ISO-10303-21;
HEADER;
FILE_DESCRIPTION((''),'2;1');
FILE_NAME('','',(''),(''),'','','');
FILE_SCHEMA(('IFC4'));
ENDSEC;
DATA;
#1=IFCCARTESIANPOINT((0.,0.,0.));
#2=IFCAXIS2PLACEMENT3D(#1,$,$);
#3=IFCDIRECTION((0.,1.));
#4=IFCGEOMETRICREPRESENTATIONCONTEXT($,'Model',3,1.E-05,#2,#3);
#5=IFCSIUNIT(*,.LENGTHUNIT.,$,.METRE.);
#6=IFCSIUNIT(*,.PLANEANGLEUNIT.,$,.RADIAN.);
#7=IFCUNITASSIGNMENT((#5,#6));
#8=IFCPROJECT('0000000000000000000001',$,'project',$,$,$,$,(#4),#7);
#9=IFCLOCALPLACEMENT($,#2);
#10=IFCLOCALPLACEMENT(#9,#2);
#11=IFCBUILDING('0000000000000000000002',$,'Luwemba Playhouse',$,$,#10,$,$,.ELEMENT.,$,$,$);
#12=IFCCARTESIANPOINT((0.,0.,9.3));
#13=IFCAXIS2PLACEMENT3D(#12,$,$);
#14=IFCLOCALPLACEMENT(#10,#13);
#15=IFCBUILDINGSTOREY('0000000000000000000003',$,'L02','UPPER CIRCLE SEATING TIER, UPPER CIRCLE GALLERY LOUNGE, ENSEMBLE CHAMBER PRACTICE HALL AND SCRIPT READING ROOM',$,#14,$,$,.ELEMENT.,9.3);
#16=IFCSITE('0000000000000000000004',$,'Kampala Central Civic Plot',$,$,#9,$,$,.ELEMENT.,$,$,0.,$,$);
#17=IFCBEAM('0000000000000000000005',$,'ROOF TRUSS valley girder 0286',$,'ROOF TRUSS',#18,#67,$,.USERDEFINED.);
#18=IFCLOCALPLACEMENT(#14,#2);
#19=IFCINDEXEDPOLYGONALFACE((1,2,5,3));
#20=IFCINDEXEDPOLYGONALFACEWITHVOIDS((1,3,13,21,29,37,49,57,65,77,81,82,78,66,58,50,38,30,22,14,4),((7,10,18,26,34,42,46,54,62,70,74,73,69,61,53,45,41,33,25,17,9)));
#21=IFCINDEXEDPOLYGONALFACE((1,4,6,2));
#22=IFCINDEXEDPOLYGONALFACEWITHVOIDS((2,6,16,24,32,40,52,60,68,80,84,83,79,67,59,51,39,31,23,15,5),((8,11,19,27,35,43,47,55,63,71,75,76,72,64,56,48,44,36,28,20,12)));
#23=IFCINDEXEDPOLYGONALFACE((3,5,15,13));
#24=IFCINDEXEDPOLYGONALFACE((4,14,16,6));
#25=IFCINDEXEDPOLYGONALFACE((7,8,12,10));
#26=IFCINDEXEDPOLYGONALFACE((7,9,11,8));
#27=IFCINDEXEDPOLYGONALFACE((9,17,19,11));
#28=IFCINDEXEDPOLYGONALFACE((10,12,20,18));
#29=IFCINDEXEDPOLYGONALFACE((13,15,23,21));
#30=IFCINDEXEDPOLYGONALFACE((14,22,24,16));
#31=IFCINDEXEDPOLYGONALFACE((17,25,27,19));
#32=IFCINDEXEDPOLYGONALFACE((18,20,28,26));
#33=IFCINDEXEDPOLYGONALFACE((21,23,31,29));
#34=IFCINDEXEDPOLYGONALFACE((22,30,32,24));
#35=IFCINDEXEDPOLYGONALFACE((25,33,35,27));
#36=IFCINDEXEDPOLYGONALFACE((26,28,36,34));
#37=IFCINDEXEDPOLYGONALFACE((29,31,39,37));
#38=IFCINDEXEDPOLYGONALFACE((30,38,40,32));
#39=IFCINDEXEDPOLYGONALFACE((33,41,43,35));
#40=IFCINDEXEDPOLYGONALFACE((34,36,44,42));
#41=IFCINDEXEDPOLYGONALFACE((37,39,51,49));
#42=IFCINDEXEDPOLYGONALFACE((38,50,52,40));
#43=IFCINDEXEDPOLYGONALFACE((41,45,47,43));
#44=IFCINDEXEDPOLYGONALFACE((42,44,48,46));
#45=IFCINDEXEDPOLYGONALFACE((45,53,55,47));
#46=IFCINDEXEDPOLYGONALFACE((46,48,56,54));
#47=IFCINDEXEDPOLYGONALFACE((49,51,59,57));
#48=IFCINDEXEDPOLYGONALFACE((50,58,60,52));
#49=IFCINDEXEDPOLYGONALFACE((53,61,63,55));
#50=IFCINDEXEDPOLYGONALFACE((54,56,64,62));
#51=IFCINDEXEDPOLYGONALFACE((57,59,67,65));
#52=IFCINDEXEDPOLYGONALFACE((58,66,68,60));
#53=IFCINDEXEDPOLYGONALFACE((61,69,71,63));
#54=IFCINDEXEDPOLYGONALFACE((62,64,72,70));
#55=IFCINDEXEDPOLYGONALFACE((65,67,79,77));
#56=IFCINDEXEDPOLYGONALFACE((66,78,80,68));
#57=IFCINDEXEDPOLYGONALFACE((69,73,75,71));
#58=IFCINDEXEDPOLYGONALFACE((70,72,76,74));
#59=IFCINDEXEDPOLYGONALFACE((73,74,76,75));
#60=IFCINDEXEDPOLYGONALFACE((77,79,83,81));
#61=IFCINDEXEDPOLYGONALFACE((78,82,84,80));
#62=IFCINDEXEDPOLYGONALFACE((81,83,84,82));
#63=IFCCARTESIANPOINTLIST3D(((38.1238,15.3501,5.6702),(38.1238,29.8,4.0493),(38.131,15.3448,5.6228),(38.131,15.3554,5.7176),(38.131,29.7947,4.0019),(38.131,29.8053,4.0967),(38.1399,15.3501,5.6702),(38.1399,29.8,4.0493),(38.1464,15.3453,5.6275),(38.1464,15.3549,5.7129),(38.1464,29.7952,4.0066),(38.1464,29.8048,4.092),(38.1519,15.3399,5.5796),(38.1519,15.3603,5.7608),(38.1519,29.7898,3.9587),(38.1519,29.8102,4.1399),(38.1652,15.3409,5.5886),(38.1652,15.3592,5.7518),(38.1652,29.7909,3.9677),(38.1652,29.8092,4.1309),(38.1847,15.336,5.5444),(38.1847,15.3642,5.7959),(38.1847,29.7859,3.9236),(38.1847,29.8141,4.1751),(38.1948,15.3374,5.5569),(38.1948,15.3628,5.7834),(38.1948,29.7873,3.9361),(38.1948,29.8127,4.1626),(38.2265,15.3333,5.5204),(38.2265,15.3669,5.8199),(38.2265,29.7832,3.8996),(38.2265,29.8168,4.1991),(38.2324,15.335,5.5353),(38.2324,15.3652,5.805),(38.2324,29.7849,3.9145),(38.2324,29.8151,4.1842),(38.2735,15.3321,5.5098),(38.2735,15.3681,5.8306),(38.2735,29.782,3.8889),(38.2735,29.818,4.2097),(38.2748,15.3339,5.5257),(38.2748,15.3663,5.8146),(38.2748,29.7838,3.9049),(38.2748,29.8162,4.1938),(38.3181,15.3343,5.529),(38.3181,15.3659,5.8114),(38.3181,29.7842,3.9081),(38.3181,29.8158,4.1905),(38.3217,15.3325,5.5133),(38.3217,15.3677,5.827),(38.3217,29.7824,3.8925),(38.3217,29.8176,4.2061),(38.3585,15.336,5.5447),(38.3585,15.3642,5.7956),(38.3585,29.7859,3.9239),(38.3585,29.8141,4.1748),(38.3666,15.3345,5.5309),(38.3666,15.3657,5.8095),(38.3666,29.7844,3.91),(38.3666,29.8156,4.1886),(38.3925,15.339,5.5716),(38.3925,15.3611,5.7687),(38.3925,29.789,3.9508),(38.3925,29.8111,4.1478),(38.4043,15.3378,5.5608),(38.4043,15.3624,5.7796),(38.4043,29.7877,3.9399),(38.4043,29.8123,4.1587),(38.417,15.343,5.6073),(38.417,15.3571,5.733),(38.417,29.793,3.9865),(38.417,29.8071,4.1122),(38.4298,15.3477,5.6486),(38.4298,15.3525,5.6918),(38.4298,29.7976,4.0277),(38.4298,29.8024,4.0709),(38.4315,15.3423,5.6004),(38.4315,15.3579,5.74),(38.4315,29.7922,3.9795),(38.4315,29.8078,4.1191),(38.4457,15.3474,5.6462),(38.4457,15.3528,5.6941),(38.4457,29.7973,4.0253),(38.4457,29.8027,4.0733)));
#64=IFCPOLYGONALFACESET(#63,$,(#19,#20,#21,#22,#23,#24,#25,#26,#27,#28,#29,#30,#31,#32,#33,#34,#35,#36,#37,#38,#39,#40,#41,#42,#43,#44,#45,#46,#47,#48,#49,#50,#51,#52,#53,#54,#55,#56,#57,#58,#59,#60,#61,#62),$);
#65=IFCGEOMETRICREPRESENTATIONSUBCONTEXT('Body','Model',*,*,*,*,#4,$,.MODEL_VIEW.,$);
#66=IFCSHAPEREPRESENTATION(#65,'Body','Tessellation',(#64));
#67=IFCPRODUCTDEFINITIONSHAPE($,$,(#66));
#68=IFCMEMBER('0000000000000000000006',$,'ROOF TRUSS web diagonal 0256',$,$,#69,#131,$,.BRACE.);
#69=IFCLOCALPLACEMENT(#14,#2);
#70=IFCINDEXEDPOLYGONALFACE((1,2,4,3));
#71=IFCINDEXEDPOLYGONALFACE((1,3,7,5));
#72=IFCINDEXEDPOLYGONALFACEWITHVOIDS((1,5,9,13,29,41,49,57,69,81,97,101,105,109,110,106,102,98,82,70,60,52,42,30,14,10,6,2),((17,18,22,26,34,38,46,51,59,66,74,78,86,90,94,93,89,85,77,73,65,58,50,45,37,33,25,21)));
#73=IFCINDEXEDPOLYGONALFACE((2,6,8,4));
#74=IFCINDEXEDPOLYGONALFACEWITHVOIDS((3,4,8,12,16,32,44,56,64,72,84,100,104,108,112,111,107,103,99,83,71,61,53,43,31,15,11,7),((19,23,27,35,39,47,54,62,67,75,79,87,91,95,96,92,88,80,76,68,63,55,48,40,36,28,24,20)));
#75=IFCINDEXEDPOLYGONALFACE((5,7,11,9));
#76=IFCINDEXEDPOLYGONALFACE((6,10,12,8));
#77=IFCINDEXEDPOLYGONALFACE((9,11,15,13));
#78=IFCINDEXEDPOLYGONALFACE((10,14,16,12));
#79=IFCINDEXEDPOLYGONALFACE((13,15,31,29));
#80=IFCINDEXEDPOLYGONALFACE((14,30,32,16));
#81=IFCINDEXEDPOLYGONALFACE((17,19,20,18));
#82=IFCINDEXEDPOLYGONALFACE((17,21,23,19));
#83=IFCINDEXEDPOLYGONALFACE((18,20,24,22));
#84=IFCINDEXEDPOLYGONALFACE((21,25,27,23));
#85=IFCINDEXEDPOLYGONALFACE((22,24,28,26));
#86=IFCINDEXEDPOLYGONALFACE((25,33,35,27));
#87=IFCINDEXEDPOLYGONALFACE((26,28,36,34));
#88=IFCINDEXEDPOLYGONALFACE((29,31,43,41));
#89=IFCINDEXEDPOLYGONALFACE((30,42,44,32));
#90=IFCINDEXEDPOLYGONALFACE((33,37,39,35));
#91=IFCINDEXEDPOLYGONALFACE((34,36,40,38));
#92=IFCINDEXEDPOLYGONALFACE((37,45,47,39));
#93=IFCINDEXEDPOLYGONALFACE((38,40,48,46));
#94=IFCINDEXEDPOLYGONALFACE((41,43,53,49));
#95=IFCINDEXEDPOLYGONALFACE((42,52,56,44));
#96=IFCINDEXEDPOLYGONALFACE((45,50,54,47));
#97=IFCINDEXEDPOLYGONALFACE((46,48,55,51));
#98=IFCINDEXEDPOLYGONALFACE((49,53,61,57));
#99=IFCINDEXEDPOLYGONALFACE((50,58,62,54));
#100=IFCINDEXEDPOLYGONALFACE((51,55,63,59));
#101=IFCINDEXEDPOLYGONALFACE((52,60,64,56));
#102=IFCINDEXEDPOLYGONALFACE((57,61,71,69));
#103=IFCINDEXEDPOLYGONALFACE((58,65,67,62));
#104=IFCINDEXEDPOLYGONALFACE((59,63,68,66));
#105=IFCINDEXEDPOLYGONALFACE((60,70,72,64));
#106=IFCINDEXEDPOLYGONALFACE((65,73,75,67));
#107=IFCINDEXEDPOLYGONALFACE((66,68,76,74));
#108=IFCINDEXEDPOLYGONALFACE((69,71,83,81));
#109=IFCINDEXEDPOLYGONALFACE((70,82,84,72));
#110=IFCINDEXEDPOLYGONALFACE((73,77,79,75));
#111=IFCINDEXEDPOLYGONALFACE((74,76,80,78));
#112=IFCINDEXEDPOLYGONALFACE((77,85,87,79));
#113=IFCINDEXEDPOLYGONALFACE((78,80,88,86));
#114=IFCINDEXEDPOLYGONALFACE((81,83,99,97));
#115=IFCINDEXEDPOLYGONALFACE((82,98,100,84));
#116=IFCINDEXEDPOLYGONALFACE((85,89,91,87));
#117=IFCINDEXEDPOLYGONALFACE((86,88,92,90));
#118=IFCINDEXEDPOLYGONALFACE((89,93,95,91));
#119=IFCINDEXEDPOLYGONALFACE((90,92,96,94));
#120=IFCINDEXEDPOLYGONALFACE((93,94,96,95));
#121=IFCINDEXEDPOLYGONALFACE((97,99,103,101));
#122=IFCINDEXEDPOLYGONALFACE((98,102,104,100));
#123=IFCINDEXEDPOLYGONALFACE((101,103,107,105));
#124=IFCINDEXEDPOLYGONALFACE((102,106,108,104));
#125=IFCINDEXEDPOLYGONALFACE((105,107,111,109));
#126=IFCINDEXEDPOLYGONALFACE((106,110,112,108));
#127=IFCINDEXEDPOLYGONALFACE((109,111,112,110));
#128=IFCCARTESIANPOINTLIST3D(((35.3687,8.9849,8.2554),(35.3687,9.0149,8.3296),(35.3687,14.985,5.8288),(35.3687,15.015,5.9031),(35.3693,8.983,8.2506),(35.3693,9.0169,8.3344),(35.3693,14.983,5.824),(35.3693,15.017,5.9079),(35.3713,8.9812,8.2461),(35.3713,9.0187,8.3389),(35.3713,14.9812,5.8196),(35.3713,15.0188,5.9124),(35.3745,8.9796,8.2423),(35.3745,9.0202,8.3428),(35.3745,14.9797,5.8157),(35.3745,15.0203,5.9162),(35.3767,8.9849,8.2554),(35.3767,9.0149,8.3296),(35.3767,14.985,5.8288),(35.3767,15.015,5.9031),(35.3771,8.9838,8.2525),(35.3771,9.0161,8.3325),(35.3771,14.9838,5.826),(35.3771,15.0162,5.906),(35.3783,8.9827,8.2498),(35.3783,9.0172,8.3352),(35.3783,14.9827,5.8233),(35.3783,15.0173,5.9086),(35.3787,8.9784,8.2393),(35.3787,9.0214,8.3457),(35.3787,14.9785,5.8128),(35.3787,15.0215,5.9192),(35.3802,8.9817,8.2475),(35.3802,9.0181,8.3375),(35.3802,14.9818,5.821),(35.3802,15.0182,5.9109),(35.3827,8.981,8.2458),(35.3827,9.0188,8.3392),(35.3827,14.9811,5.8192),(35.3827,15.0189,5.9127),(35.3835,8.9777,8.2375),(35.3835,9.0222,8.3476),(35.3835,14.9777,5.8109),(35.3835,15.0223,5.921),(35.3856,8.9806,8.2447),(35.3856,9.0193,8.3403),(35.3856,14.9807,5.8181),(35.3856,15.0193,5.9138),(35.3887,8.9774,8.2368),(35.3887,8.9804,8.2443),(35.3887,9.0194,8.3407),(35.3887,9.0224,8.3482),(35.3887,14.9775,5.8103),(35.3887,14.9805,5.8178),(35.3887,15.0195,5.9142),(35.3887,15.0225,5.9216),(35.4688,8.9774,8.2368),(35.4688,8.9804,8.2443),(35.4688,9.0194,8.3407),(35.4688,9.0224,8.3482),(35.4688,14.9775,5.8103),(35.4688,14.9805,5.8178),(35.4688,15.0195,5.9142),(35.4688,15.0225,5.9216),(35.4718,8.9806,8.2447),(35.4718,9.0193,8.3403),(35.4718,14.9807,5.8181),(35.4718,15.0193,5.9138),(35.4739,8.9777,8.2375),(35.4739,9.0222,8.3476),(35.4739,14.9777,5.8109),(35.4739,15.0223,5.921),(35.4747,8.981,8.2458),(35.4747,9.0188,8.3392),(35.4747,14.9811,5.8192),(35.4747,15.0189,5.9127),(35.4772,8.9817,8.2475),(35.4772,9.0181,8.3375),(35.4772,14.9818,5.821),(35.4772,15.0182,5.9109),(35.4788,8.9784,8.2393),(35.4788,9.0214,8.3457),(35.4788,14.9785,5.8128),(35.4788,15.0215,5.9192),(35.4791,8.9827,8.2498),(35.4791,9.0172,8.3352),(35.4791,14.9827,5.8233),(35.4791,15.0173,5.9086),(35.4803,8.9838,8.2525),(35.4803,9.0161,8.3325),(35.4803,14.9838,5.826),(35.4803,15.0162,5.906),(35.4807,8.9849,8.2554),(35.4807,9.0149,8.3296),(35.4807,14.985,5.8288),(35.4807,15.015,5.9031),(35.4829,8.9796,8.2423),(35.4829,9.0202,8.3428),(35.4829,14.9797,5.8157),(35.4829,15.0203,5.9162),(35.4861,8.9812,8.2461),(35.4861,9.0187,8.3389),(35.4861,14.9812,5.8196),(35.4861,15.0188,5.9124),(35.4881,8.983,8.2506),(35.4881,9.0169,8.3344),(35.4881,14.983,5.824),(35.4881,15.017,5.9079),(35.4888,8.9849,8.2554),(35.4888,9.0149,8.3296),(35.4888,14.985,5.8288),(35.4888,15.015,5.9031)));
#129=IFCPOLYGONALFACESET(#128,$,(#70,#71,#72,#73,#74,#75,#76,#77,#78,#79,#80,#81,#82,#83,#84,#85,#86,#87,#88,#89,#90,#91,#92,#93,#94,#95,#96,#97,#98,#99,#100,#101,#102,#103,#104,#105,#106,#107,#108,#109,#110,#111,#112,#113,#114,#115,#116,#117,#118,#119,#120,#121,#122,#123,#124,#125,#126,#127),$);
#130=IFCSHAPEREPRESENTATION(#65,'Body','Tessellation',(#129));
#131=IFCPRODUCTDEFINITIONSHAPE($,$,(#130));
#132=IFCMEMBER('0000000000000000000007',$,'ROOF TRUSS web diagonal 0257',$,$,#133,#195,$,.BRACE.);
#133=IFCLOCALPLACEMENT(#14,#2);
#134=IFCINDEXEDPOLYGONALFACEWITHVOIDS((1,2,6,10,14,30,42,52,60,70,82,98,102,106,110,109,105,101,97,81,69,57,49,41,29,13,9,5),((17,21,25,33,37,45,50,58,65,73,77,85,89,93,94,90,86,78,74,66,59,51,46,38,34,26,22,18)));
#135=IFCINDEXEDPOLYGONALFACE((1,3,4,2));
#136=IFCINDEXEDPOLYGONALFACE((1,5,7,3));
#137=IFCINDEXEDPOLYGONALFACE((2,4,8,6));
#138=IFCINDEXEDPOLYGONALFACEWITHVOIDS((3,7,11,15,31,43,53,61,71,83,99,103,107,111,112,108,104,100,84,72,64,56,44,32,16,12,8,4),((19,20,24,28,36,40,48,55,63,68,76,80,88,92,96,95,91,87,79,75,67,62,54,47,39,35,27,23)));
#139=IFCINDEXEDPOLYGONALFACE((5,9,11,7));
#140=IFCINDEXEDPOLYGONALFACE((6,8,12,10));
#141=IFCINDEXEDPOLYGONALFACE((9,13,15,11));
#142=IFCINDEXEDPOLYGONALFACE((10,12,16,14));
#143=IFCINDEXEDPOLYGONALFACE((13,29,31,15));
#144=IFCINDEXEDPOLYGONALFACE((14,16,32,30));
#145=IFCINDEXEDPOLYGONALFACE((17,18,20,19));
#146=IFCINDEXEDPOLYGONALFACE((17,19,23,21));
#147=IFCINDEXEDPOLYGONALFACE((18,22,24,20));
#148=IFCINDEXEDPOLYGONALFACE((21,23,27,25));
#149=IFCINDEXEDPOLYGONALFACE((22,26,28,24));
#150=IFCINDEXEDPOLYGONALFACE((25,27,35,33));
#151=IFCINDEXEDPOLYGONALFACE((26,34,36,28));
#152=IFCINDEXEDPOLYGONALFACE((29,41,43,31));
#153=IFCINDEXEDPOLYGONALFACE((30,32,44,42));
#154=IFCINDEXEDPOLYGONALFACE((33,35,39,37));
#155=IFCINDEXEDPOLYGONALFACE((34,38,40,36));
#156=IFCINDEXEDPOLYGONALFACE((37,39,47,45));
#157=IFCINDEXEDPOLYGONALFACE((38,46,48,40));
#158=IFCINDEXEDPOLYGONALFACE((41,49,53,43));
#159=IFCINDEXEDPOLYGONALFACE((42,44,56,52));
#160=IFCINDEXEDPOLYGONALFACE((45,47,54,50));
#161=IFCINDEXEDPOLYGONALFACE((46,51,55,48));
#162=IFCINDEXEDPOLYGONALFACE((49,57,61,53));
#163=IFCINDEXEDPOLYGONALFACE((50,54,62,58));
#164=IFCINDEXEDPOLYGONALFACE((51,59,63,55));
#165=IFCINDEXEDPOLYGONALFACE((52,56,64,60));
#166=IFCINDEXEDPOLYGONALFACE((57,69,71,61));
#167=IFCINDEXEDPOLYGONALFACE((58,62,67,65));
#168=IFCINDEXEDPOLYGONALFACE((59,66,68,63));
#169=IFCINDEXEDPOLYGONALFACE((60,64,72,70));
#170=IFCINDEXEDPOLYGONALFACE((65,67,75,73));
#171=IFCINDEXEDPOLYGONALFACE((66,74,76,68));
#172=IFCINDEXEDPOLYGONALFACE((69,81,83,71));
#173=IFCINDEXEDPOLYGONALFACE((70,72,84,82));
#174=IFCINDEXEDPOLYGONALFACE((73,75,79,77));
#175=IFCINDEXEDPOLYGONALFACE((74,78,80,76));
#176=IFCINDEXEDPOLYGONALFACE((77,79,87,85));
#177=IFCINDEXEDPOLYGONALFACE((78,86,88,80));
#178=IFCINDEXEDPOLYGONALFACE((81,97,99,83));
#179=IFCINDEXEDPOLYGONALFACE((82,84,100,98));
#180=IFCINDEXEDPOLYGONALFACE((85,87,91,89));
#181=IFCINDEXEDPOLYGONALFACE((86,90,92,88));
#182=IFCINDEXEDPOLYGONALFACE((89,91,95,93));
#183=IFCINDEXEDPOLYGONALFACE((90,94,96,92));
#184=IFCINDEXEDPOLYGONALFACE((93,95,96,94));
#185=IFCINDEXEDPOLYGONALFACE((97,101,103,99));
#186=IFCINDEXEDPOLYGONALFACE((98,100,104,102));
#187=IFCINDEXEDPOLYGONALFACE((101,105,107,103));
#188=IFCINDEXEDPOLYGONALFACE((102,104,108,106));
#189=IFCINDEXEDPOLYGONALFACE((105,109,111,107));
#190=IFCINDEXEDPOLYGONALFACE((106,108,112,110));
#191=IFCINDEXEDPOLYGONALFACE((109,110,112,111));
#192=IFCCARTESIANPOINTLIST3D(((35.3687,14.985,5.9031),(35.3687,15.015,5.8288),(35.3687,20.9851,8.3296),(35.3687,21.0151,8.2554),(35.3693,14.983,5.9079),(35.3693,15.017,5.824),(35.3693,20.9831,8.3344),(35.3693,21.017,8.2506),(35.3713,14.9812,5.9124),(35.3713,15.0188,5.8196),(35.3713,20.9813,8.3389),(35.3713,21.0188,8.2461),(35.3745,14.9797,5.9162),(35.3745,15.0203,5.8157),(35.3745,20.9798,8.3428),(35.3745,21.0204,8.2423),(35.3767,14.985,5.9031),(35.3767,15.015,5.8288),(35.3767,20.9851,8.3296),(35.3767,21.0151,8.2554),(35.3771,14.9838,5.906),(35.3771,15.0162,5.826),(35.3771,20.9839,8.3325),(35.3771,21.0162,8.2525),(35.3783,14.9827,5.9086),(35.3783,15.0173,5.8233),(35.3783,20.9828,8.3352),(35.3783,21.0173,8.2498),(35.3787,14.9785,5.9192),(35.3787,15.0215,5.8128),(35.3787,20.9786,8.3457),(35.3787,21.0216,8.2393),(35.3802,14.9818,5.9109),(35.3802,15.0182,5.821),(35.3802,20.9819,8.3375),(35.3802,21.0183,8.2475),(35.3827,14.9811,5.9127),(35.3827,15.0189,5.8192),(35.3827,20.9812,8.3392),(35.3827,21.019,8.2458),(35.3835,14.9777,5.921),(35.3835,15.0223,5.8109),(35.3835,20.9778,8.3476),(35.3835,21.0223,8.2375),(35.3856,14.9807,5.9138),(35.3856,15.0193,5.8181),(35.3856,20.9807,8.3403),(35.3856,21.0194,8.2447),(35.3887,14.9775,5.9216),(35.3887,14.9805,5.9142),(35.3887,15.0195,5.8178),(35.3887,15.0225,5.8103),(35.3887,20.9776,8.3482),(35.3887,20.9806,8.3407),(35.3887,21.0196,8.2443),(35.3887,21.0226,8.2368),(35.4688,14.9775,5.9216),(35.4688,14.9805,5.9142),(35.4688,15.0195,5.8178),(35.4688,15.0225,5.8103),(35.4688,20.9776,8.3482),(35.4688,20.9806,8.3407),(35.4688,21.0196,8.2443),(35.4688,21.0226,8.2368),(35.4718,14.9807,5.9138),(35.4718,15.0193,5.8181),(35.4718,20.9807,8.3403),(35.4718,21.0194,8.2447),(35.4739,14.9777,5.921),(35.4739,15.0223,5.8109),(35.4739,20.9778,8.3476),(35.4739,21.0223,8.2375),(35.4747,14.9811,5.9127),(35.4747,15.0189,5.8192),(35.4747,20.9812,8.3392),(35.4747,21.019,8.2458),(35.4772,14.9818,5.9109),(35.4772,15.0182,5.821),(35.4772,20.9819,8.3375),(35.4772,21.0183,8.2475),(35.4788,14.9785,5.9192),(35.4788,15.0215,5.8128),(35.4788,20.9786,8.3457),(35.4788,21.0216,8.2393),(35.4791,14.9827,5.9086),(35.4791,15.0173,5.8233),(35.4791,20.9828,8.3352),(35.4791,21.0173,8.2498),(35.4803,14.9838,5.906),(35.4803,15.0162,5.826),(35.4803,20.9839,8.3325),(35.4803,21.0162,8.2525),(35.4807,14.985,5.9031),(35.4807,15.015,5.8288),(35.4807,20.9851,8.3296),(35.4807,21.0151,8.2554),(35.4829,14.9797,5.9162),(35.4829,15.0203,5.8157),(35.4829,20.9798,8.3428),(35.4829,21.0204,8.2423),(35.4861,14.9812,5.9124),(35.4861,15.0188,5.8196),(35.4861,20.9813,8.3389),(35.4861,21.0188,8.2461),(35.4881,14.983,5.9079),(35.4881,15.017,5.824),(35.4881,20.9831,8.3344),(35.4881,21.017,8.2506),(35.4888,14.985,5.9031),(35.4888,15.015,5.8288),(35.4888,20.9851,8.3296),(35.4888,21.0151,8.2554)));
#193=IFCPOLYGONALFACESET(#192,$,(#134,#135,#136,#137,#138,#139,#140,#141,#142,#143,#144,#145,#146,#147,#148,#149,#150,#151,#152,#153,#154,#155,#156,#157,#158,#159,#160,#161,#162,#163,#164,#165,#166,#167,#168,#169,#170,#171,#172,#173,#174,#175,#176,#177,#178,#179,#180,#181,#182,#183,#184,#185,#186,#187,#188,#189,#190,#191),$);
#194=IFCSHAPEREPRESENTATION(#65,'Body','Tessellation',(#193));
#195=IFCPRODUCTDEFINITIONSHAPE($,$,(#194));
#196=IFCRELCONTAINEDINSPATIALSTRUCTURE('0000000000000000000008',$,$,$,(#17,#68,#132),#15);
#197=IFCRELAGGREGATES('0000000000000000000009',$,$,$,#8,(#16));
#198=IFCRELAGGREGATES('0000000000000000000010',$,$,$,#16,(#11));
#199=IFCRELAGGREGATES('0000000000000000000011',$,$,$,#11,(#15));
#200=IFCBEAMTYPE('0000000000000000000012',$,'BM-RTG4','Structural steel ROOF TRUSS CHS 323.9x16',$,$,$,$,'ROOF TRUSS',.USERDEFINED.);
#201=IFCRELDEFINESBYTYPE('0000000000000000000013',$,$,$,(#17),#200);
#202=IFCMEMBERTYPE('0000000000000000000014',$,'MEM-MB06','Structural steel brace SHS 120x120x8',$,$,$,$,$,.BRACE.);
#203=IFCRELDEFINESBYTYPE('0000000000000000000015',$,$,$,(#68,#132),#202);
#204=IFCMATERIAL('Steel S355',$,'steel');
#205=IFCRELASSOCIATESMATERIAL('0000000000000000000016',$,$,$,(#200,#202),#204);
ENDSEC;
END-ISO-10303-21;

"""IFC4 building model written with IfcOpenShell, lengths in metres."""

from ifc_helpers import new_model, si_unit, direction, frame, origin, origin_2d, place, context, subcontext, project, spatial, hollow_rectangle, hollow_circle, extrude, material, material_profile, profile_set, type_object, element, save


model = new_model("IFC4")

# Units and contexts
model_context = context("Model", 3, precision=1e-05, world=origin(), true_north=direction((0.0, 1.0)))
body_context = subcontext(model_context, "Body", "Model", "MODEL_VIEW")
ifc_project = project(units=[si_unit("LENGTHUNIT", "METRE"), si_unit("PLANEANGLEUNIT", "RADIAN")], contexts=[model_context])

# Site, building, storey
site_placement = place(None, origin())
site = spatial("IfcSite", under=ifc_project, at=site_placement, Name="Kampala Central Civic Plot", CompositionType="ELEMENT", RefElevation=0.0)
building_placement = place(site_placement, origin())
building = spatial("IfcBuilding", under=site, at=building_placement, Name="Luwemba Playhouse", CompositionType="ELEMENT")
storey_placement = place(building_placement, frame((0.0, 0.0, 9.3)))
storey = spatial("IfcBuildingStorey", under=building, at=storey_placement, Name="L02", Description="UPPER CIRCLE SEATING TIER, UPPER CIRCLE GALLERY LOUNGE, ENSEMBLE CHAMBER PRACTICE HALL AND SCRIPT READING ROOM", CompositionType="ELEMENT", Elevation=9.3)

# Beam
ifc_material_1 = material(Name="Steel S355", Category="steel")
ifc_material_profile_1 = material_profile(ifc_material_1, hollow_circle(Radius=0.1619, WallThickness=0.0161, at=origin_2d()))
ifc_profile_set_1 = profile_set([ifc_material_profile_1], Name="Steel S355")
beam_type_1 = type_object("IfcBeamType", Name="BM-RTG4", Description="Structural steel ROOF TRUSS CHS 323.9x16", ElementType="ROOF TRUSS", PredefinedType="USERDEFINED", material=ifc_profile_set_1)
beam_1_placement = place(storey_placement, frame((38.2856, 15.3501, 5.6702), z_axis=(0.0, 0.993768, -0.111471), x_axis=(-1.0, 0.0, 0.0)))
element("IfcBeam", 1, at=beam_1_placement, inside=storey, type_object=beam_type_1, Name="ROOF TRUSS valley girder 0286", ObjectType="ROOF TRUSS", PredefinedType="USERDEFINED", context=body_context, shape_type="SweptSolid", body=[
    extrude(hollow_circle(Radius=0.1619, WallThickness=0.0161, at=origin_2d()), origin(), (0.0, 0.0, 1.0), 14.5405),
])

# Members
ifc_material_profile_2 = material_profile(ifc_material_1, hollow_rectangle(XDim=0.1201, YDim=0.1201, WallThickness=0.0081, InnerFilletRadius=0.012, OuterFilletRadius=0.02, at=origin_2d()))
ifc_profile_set_2 = profile_set([ifc_material_profile_2], Name="Steel S355")
member_type_1 = type_object("IfcMemberType", Name="MEM-MB06", Description="Structural steel brace SHS 120x120x8", PredefinedType="BRACE", material=ifc_profile_set_2)
for number, where, z_axis, x_axis, name in (
    (2, (35.4287, 15.0, 5.866), (0.0, -0.927057, 0.37492), (1.0, 0.0, 0.0), "ROOF TRUSS web diagonal 0256"),
    (3, (35.4287, 15.0, 5.866), (0.0, 0.927057, 0.37492), (-1.0, 0.0, 0.0), "ROOF TRUSS web diagonal 0257"),
):
    element("IfcMember", number, at=place(storey_placement, frame(where, z_axis=z_axis, x_axis=x_axis)), inside=storey, type_object=member_type_1, Name=name, PredefinedType="BRACE", context=body_context, shape_type="SweptSolid", body=[
        extrude(hollow_rectangle(XDim=0.1201, YDim=0.1201, WallThickness=0.0081, InnerFilletRadius=0.012, OuterFilletRadius=0.02, at=origin_2d()), origin(), (0.0, 0.0, 1.0), 6.4722),
    ])

save(model, "model.ifc")
